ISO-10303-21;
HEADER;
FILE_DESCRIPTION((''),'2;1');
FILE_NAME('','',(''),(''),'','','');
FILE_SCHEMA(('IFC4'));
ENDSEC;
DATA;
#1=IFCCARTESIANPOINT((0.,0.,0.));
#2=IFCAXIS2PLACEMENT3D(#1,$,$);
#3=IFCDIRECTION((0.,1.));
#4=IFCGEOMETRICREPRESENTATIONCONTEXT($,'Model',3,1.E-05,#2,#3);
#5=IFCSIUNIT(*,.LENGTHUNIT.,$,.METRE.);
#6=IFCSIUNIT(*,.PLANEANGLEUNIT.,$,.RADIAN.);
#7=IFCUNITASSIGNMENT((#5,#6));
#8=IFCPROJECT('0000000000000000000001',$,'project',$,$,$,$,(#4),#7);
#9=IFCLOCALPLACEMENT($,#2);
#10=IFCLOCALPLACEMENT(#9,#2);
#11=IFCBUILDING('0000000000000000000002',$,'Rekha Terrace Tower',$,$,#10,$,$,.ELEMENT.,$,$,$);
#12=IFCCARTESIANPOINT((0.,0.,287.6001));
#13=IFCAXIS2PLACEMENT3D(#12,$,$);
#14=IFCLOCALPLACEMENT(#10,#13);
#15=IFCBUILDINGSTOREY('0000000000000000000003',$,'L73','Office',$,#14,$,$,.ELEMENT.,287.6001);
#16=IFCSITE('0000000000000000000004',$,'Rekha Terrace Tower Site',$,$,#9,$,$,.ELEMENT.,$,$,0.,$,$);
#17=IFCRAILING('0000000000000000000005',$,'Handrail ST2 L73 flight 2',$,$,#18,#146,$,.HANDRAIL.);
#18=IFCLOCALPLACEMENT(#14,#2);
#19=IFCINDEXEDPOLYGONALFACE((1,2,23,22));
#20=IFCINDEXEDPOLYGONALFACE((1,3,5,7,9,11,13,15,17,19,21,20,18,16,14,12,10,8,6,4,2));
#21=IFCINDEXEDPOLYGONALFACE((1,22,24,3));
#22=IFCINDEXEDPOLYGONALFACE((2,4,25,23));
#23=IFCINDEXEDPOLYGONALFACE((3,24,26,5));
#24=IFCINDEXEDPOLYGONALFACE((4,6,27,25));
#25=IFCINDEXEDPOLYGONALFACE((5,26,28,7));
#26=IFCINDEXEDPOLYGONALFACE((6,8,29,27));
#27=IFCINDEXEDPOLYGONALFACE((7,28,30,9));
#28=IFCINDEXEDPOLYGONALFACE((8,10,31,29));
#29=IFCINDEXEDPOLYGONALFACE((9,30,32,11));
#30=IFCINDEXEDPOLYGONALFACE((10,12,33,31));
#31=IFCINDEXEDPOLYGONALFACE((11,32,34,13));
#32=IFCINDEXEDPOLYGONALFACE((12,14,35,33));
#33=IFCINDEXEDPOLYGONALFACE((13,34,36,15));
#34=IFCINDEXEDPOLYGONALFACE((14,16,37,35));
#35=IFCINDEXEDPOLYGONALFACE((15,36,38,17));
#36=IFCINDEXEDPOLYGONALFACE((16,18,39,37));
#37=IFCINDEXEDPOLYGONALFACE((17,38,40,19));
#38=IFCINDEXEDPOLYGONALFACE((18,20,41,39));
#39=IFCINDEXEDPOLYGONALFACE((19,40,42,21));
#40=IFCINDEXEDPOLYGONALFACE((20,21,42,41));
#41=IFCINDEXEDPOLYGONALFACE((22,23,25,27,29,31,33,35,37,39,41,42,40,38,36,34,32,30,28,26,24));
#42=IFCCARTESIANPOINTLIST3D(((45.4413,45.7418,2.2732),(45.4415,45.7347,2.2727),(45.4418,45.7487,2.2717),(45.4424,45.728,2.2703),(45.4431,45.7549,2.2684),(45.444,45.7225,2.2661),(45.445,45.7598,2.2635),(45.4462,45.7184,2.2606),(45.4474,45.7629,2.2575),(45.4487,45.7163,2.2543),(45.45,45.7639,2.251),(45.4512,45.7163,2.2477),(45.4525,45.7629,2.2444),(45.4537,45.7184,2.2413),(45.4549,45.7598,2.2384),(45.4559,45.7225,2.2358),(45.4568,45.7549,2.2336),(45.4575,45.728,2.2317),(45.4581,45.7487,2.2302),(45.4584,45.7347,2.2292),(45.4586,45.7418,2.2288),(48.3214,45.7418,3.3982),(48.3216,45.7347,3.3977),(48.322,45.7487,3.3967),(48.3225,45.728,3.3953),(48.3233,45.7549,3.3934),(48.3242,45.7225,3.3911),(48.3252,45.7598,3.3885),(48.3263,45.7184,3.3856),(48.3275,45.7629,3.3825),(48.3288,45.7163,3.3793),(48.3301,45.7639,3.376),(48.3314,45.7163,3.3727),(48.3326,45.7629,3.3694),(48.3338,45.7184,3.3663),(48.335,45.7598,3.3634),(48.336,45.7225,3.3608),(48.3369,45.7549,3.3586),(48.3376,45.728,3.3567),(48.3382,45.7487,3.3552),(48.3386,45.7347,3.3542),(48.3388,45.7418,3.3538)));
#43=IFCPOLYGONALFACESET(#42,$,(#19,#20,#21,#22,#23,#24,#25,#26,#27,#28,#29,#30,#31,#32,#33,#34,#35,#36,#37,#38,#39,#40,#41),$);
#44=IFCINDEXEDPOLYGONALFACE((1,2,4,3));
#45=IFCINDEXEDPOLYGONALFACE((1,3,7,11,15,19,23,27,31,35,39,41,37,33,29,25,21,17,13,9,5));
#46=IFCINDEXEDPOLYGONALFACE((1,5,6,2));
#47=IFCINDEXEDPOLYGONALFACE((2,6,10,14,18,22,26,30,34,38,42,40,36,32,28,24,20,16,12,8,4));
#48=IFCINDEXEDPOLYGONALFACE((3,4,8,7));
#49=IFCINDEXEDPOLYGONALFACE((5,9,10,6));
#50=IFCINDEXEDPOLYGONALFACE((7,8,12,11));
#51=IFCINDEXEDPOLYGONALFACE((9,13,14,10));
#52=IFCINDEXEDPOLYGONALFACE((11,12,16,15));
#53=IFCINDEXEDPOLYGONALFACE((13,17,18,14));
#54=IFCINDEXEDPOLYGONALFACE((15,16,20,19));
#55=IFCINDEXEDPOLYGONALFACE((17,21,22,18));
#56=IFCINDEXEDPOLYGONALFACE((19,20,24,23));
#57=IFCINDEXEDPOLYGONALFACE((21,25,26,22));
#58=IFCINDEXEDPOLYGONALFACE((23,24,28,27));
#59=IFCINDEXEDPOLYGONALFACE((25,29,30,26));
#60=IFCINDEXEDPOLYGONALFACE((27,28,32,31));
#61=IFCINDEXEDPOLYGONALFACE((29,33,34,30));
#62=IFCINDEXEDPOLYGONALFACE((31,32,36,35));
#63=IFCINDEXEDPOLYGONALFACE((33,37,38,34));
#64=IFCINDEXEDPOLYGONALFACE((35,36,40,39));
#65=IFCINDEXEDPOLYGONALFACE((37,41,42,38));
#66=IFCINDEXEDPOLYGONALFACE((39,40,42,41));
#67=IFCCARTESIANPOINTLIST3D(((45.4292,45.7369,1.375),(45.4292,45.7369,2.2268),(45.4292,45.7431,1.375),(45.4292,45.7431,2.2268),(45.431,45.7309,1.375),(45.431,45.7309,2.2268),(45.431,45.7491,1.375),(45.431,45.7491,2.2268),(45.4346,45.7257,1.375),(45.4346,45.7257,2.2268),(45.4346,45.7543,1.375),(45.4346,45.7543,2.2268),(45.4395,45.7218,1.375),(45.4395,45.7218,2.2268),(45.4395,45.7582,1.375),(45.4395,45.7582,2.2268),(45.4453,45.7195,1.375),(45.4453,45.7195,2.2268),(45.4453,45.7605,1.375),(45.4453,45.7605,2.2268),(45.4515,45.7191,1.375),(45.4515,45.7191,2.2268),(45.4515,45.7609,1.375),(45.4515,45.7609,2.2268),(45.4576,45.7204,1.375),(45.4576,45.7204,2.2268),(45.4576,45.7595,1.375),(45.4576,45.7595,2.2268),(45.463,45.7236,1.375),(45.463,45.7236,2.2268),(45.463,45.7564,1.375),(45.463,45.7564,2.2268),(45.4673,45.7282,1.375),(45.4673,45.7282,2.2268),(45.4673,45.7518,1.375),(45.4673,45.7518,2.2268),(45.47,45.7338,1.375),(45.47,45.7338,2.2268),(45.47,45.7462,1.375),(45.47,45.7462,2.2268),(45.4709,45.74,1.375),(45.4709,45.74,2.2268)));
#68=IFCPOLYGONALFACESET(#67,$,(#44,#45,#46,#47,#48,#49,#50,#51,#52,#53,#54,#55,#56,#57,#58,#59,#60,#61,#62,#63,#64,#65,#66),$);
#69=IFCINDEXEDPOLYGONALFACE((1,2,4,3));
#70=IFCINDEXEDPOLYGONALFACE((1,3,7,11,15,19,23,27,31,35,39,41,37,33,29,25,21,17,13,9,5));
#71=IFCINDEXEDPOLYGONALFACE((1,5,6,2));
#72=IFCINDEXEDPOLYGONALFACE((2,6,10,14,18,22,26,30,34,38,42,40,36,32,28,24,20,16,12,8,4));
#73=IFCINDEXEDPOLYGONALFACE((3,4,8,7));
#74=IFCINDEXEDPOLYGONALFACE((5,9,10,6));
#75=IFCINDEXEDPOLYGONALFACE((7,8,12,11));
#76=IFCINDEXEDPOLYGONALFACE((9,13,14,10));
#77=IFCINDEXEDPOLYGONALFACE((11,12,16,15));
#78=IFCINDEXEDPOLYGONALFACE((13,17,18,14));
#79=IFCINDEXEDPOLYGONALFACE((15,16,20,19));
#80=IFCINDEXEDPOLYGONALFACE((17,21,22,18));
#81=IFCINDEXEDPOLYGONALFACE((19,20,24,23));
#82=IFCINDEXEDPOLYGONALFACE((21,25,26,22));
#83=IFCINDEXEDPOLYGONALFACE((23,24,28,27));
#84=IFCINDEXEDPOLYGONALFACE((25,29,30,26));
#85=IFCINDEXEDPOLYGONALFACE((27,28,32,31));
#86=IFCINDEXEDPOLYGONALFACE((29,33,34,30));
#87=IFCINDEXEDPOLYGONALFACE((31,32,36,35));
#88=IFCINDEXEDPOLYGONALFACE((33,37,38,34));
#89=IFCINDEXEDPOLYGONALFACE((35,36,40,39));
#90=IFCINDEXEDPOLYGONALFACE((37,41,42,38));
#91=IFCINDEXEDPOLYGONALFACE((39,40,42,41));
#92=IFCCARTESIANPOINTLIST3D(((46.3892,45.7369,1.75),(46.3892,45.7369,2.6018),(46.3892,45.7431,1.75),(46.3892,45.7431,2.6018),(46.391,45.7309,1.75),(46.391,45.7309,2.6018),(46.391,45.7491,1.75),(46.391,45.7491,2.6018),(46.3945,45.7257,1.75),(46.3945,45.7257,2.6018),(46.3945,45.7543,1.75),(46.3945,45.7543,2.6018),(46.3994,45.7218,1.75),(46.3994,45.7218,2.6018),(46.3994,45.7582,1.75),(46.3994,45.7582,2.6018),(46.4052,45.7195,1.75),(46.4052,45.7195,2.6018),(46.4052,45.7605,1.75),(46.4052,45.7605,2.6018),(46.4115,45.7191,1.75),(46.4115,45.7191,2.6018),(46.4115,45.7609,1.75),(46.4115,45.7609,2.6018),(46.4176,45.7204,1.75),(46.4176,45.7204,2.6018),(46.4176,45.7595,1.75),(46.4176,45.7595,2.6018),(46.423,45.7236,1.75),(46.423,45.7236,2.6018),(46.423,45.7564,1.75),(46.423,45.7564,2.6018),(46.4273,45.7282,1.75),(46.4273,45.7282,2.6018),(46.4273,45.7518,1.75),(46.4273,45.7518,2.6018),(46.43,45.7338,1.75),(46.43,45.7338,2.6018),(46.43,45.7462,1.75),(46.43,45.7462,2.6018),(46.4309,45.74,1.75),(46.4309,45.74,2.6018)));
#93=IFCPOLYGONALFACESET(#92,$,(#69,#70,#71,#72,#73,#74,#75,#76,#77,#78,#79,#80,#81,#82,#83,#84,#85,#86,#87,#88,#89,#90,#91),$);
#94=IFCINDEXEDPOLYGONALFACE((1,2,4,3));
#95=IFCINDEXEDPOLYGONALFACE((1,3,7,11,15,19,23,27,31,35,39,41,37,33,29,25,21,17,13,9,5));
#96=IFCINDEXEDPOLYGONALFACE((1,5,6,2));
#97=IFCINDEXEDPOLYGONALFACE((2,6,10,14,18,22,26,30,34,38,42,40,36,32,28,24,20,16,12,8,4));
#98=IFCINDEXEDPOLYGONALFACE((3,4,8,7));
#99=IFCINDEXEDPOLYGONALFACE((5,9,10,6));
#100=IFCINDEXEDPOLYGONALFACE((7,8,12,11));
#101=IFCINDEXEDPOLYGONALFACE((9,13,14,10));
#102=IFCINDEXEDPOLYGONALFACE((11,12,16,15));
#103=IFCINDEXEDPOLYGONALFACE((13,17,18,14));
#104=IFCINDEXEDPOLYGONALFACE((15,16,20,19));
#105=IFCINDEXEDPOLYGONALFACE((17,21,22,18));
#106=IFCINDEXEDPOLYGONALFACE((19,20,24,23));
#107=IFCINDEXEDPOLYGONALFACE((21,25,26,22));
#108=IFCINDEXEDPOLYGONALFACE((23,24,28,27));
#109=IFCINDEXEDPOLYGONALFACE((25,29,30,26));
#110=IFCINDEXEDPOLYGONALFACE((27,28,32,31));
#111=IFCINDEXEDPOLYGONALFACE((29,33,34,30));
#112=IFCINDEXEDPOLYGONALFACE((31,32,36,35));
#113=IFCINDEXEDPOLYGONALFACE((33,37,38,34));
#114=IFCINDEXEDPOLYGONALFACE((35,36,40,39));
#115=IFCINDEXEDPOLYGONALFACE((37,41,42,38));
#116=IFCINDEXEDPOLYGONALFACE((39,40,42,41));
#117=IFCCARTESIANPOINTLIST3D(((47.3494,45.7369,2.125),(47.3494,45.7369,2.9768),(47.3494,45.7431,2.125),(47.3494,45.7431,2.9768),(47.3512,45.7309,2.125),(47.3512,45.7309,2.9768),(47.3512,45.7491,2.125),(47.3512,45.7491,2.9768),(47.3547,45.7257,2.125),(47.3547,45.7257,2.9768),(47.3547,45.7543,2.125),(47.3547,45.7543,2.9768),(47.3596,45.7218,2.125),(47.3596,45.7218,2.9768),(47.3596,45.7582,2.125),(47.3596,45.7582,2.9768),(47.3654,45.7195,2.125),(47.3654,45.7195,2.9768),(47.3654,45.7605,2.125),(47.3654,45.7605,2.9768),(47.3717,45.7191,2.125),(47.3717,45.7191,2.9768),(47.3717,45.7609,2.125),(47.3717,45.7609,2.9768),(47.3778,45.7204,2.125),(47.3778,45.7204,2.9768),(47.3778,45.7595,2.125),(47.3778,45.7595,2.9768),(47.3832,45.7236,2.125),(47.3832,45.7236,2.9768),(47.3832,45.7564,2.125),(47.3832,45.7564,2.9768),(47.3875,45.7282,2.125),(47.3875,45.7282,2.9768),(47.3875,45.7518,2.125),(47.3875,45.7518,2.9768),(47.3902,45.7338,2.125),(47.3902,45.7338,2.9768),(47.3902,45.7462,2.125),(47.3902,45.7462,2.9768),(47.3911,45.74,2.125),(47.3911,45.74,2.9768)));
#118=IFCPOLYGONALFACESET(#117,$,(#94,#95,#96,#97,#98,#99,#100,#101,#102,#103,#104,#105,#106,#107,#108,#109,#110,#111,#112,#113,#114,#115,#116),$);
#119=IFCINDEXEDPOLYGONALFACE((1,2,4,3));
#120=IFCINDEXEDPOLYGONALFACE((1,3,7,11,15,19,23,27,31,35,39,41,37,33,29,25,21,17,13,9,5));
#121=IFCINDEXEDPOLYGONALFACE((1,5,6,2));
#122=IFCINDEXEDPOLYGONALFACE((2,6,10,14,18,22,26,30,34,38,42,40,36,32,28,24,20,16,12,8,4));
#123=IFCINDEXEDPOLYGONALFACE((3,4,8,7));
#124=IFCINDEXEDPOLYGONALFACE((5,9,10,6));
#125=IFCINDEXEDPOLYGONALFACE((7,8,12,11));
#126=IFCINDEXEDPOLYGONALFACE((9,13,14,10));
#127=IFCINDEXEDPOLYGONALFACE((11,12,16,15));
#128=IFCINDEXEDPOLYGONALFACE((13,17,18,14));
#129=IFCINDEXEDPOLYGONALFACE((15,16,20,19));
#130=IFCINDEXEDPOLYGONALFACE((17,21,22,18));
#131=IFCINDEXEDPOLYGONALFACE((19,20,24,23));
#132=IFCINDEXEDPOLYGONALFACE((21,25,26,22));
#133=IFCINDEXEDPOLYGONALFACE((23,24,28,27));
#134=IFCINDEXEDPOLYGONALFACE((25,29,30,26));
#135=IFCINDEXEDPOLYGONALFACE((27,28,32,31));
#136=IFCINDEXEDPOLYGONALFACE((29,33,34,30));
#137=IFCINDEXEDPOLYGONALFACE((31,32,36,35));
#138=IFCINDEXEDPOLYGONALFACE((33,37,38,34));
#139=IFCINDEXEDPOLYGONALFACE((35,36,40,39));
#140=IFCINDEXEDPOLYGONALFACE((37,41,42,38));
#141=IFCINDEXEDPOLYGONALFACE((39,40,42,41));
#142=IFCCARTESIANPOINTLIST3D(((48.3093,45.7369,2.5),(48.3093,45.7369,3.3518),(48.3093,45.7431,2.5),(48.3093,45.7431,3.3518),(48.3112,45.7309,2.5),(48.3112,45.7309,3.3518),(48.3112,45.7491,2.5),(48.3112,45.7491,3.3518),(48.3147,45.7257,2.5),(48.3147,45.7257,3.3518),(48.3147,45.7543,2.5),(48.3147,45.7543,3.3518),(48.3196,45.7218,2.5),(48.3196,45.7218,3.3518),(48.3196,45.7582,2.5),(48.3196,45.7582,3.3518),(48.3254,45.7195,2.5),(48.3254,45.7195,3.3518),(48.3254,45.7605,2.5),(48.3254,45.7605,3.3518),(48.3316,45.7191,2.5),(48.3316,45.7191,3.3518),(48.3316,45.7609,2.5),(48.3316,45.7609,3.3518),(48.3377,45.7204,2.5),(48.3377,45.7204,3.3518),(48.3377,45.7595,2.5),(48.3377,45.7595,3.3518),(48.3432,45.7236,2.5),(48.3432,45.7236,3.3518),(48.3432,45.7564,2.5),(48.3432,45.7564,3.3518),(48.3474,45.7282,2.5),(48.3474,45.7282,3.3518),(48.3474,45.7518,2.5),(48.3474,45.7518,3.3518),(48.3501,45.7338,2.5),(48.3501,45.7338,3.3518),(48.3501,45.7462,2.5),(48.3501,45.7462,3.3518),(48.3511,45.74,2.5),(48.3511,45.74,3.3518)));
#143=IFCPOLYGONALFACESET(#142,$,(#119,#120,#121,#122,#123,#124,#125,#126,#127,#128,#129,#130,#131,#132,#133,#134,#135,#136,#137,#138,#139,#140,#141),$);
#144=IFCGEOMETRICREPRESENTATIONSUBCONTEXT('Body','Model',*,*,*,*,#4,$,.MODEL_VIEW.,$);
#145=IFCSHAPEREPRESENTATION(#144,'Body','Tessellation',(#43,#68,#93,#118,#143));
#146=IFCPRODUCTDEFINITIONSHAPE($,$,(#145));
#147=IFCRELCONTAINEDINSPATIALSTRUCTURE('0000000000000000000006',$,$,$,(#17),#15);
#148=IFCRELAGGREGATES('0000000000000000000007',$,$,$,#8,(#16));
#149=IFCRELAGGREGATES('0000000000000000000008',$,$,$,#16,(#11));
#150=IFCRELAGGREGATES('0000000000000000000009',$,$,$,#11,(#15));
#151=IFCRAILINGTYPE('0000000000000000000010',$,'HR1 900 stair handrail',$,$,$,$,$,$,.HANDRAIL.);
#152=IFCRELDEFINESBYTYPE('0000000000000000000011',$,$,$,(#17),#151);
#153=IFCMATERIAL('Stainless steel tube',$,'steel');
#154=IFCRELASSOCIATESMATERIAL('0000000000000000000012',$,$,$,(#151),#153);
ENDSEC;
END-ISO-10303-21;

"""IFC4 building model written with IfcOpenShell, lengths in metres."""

from ifc_helpers import new_model, si_unit, direction, frame, origin, origin_2d, place, context, subcontext, project, spatial, circle, extrude, material, type_object, element, save


model = new_model("IFC4")

# Units and contexts
model_context = context("Model", 3, precision=1e-05, world=origin(), true_north=direction((0.0, 1.0)))
body_context = subcontext(model_context, "Body", "Model", "MODEL_VIEW")
ifc_project = project(units=[si_unit("LENGTHUNIT", "METRE"), si_unit("PLANEANGLEUNIT", "RADIAN")], contexts=[model_context])

# Site, building, storey
site_placement = place(None, origin())
site = spatial("IfcSite", under=ifc_project, at=site_placement, Name="Rekha Terrace Tower Site", CompositionType="ELEMENT", RefElevation=0.0)
building_placement = place(site_placement, origin())
building = spatial("IfcBuilding", under=site, at=building_placement, Name="Rekha Terrace Tower", CompositionType="ELEMENT")
storey_placement = place(building_placement, frame((0.0, 0.0, 287.6001)))
storey = spatial("IfcBuildingStorey", under=building, at=storey_placement, Name="L73", Description="Office", CompositionType="ELEMENT", Elevation=287.6001)

# Railing
ifc_material_1 = material(Name="Stainless steel tube", Category="steel")
railing_type_1 = type_object("IfcRailingType", Name="HR1 900 stair handrail", PredefinedType="HANDRAIL", material=ifc_material_1)
railing_1_placement = place(storey_placement, frame((45.45, 45.74, 1.375)))
element("IfcRailing", 1, at=railing_1_placement, inside=storey, type_object=railing_type_1, Name="Handrail ST2 L73 flight 2", PredefinedType="HANDRAIL", context=body_context, shape_type="SweptSolid", body=[
    extrude(circle(Radius=0.0239, at=origin_2d()), frame((0.0, 0.0, 0.876), z_axis=(0.931463, 0.0, 0.363837), x_axis=(0.0, 1.0, 0.0)), (0.0, 0.0, 1.0), 3.092),
    extrude(circle(Radius=0.021, at=origin_2d()), origin(), (0.0, 0.0, 1.0), 0.8518),
    extrude(circle(Radius=0.021, at=origin_2d()), frame((0.96, 0.0, 0.375)), (0.0, 0.0, 1.0), 0.8518),
    extrude(circle(Radius=0.021, at=origin_2d()), frame((1.9202, 0.0, 0.75)), (0.0, 0.0, 1.0), 0.8518),
    extrude(circle(Radius=0.021, at=origin_2d()), frame((2.8801, 0.0, 1.125)), (0.0, 0.0, 1.0), 0.8518),
])

save(model, "model.ifc")
